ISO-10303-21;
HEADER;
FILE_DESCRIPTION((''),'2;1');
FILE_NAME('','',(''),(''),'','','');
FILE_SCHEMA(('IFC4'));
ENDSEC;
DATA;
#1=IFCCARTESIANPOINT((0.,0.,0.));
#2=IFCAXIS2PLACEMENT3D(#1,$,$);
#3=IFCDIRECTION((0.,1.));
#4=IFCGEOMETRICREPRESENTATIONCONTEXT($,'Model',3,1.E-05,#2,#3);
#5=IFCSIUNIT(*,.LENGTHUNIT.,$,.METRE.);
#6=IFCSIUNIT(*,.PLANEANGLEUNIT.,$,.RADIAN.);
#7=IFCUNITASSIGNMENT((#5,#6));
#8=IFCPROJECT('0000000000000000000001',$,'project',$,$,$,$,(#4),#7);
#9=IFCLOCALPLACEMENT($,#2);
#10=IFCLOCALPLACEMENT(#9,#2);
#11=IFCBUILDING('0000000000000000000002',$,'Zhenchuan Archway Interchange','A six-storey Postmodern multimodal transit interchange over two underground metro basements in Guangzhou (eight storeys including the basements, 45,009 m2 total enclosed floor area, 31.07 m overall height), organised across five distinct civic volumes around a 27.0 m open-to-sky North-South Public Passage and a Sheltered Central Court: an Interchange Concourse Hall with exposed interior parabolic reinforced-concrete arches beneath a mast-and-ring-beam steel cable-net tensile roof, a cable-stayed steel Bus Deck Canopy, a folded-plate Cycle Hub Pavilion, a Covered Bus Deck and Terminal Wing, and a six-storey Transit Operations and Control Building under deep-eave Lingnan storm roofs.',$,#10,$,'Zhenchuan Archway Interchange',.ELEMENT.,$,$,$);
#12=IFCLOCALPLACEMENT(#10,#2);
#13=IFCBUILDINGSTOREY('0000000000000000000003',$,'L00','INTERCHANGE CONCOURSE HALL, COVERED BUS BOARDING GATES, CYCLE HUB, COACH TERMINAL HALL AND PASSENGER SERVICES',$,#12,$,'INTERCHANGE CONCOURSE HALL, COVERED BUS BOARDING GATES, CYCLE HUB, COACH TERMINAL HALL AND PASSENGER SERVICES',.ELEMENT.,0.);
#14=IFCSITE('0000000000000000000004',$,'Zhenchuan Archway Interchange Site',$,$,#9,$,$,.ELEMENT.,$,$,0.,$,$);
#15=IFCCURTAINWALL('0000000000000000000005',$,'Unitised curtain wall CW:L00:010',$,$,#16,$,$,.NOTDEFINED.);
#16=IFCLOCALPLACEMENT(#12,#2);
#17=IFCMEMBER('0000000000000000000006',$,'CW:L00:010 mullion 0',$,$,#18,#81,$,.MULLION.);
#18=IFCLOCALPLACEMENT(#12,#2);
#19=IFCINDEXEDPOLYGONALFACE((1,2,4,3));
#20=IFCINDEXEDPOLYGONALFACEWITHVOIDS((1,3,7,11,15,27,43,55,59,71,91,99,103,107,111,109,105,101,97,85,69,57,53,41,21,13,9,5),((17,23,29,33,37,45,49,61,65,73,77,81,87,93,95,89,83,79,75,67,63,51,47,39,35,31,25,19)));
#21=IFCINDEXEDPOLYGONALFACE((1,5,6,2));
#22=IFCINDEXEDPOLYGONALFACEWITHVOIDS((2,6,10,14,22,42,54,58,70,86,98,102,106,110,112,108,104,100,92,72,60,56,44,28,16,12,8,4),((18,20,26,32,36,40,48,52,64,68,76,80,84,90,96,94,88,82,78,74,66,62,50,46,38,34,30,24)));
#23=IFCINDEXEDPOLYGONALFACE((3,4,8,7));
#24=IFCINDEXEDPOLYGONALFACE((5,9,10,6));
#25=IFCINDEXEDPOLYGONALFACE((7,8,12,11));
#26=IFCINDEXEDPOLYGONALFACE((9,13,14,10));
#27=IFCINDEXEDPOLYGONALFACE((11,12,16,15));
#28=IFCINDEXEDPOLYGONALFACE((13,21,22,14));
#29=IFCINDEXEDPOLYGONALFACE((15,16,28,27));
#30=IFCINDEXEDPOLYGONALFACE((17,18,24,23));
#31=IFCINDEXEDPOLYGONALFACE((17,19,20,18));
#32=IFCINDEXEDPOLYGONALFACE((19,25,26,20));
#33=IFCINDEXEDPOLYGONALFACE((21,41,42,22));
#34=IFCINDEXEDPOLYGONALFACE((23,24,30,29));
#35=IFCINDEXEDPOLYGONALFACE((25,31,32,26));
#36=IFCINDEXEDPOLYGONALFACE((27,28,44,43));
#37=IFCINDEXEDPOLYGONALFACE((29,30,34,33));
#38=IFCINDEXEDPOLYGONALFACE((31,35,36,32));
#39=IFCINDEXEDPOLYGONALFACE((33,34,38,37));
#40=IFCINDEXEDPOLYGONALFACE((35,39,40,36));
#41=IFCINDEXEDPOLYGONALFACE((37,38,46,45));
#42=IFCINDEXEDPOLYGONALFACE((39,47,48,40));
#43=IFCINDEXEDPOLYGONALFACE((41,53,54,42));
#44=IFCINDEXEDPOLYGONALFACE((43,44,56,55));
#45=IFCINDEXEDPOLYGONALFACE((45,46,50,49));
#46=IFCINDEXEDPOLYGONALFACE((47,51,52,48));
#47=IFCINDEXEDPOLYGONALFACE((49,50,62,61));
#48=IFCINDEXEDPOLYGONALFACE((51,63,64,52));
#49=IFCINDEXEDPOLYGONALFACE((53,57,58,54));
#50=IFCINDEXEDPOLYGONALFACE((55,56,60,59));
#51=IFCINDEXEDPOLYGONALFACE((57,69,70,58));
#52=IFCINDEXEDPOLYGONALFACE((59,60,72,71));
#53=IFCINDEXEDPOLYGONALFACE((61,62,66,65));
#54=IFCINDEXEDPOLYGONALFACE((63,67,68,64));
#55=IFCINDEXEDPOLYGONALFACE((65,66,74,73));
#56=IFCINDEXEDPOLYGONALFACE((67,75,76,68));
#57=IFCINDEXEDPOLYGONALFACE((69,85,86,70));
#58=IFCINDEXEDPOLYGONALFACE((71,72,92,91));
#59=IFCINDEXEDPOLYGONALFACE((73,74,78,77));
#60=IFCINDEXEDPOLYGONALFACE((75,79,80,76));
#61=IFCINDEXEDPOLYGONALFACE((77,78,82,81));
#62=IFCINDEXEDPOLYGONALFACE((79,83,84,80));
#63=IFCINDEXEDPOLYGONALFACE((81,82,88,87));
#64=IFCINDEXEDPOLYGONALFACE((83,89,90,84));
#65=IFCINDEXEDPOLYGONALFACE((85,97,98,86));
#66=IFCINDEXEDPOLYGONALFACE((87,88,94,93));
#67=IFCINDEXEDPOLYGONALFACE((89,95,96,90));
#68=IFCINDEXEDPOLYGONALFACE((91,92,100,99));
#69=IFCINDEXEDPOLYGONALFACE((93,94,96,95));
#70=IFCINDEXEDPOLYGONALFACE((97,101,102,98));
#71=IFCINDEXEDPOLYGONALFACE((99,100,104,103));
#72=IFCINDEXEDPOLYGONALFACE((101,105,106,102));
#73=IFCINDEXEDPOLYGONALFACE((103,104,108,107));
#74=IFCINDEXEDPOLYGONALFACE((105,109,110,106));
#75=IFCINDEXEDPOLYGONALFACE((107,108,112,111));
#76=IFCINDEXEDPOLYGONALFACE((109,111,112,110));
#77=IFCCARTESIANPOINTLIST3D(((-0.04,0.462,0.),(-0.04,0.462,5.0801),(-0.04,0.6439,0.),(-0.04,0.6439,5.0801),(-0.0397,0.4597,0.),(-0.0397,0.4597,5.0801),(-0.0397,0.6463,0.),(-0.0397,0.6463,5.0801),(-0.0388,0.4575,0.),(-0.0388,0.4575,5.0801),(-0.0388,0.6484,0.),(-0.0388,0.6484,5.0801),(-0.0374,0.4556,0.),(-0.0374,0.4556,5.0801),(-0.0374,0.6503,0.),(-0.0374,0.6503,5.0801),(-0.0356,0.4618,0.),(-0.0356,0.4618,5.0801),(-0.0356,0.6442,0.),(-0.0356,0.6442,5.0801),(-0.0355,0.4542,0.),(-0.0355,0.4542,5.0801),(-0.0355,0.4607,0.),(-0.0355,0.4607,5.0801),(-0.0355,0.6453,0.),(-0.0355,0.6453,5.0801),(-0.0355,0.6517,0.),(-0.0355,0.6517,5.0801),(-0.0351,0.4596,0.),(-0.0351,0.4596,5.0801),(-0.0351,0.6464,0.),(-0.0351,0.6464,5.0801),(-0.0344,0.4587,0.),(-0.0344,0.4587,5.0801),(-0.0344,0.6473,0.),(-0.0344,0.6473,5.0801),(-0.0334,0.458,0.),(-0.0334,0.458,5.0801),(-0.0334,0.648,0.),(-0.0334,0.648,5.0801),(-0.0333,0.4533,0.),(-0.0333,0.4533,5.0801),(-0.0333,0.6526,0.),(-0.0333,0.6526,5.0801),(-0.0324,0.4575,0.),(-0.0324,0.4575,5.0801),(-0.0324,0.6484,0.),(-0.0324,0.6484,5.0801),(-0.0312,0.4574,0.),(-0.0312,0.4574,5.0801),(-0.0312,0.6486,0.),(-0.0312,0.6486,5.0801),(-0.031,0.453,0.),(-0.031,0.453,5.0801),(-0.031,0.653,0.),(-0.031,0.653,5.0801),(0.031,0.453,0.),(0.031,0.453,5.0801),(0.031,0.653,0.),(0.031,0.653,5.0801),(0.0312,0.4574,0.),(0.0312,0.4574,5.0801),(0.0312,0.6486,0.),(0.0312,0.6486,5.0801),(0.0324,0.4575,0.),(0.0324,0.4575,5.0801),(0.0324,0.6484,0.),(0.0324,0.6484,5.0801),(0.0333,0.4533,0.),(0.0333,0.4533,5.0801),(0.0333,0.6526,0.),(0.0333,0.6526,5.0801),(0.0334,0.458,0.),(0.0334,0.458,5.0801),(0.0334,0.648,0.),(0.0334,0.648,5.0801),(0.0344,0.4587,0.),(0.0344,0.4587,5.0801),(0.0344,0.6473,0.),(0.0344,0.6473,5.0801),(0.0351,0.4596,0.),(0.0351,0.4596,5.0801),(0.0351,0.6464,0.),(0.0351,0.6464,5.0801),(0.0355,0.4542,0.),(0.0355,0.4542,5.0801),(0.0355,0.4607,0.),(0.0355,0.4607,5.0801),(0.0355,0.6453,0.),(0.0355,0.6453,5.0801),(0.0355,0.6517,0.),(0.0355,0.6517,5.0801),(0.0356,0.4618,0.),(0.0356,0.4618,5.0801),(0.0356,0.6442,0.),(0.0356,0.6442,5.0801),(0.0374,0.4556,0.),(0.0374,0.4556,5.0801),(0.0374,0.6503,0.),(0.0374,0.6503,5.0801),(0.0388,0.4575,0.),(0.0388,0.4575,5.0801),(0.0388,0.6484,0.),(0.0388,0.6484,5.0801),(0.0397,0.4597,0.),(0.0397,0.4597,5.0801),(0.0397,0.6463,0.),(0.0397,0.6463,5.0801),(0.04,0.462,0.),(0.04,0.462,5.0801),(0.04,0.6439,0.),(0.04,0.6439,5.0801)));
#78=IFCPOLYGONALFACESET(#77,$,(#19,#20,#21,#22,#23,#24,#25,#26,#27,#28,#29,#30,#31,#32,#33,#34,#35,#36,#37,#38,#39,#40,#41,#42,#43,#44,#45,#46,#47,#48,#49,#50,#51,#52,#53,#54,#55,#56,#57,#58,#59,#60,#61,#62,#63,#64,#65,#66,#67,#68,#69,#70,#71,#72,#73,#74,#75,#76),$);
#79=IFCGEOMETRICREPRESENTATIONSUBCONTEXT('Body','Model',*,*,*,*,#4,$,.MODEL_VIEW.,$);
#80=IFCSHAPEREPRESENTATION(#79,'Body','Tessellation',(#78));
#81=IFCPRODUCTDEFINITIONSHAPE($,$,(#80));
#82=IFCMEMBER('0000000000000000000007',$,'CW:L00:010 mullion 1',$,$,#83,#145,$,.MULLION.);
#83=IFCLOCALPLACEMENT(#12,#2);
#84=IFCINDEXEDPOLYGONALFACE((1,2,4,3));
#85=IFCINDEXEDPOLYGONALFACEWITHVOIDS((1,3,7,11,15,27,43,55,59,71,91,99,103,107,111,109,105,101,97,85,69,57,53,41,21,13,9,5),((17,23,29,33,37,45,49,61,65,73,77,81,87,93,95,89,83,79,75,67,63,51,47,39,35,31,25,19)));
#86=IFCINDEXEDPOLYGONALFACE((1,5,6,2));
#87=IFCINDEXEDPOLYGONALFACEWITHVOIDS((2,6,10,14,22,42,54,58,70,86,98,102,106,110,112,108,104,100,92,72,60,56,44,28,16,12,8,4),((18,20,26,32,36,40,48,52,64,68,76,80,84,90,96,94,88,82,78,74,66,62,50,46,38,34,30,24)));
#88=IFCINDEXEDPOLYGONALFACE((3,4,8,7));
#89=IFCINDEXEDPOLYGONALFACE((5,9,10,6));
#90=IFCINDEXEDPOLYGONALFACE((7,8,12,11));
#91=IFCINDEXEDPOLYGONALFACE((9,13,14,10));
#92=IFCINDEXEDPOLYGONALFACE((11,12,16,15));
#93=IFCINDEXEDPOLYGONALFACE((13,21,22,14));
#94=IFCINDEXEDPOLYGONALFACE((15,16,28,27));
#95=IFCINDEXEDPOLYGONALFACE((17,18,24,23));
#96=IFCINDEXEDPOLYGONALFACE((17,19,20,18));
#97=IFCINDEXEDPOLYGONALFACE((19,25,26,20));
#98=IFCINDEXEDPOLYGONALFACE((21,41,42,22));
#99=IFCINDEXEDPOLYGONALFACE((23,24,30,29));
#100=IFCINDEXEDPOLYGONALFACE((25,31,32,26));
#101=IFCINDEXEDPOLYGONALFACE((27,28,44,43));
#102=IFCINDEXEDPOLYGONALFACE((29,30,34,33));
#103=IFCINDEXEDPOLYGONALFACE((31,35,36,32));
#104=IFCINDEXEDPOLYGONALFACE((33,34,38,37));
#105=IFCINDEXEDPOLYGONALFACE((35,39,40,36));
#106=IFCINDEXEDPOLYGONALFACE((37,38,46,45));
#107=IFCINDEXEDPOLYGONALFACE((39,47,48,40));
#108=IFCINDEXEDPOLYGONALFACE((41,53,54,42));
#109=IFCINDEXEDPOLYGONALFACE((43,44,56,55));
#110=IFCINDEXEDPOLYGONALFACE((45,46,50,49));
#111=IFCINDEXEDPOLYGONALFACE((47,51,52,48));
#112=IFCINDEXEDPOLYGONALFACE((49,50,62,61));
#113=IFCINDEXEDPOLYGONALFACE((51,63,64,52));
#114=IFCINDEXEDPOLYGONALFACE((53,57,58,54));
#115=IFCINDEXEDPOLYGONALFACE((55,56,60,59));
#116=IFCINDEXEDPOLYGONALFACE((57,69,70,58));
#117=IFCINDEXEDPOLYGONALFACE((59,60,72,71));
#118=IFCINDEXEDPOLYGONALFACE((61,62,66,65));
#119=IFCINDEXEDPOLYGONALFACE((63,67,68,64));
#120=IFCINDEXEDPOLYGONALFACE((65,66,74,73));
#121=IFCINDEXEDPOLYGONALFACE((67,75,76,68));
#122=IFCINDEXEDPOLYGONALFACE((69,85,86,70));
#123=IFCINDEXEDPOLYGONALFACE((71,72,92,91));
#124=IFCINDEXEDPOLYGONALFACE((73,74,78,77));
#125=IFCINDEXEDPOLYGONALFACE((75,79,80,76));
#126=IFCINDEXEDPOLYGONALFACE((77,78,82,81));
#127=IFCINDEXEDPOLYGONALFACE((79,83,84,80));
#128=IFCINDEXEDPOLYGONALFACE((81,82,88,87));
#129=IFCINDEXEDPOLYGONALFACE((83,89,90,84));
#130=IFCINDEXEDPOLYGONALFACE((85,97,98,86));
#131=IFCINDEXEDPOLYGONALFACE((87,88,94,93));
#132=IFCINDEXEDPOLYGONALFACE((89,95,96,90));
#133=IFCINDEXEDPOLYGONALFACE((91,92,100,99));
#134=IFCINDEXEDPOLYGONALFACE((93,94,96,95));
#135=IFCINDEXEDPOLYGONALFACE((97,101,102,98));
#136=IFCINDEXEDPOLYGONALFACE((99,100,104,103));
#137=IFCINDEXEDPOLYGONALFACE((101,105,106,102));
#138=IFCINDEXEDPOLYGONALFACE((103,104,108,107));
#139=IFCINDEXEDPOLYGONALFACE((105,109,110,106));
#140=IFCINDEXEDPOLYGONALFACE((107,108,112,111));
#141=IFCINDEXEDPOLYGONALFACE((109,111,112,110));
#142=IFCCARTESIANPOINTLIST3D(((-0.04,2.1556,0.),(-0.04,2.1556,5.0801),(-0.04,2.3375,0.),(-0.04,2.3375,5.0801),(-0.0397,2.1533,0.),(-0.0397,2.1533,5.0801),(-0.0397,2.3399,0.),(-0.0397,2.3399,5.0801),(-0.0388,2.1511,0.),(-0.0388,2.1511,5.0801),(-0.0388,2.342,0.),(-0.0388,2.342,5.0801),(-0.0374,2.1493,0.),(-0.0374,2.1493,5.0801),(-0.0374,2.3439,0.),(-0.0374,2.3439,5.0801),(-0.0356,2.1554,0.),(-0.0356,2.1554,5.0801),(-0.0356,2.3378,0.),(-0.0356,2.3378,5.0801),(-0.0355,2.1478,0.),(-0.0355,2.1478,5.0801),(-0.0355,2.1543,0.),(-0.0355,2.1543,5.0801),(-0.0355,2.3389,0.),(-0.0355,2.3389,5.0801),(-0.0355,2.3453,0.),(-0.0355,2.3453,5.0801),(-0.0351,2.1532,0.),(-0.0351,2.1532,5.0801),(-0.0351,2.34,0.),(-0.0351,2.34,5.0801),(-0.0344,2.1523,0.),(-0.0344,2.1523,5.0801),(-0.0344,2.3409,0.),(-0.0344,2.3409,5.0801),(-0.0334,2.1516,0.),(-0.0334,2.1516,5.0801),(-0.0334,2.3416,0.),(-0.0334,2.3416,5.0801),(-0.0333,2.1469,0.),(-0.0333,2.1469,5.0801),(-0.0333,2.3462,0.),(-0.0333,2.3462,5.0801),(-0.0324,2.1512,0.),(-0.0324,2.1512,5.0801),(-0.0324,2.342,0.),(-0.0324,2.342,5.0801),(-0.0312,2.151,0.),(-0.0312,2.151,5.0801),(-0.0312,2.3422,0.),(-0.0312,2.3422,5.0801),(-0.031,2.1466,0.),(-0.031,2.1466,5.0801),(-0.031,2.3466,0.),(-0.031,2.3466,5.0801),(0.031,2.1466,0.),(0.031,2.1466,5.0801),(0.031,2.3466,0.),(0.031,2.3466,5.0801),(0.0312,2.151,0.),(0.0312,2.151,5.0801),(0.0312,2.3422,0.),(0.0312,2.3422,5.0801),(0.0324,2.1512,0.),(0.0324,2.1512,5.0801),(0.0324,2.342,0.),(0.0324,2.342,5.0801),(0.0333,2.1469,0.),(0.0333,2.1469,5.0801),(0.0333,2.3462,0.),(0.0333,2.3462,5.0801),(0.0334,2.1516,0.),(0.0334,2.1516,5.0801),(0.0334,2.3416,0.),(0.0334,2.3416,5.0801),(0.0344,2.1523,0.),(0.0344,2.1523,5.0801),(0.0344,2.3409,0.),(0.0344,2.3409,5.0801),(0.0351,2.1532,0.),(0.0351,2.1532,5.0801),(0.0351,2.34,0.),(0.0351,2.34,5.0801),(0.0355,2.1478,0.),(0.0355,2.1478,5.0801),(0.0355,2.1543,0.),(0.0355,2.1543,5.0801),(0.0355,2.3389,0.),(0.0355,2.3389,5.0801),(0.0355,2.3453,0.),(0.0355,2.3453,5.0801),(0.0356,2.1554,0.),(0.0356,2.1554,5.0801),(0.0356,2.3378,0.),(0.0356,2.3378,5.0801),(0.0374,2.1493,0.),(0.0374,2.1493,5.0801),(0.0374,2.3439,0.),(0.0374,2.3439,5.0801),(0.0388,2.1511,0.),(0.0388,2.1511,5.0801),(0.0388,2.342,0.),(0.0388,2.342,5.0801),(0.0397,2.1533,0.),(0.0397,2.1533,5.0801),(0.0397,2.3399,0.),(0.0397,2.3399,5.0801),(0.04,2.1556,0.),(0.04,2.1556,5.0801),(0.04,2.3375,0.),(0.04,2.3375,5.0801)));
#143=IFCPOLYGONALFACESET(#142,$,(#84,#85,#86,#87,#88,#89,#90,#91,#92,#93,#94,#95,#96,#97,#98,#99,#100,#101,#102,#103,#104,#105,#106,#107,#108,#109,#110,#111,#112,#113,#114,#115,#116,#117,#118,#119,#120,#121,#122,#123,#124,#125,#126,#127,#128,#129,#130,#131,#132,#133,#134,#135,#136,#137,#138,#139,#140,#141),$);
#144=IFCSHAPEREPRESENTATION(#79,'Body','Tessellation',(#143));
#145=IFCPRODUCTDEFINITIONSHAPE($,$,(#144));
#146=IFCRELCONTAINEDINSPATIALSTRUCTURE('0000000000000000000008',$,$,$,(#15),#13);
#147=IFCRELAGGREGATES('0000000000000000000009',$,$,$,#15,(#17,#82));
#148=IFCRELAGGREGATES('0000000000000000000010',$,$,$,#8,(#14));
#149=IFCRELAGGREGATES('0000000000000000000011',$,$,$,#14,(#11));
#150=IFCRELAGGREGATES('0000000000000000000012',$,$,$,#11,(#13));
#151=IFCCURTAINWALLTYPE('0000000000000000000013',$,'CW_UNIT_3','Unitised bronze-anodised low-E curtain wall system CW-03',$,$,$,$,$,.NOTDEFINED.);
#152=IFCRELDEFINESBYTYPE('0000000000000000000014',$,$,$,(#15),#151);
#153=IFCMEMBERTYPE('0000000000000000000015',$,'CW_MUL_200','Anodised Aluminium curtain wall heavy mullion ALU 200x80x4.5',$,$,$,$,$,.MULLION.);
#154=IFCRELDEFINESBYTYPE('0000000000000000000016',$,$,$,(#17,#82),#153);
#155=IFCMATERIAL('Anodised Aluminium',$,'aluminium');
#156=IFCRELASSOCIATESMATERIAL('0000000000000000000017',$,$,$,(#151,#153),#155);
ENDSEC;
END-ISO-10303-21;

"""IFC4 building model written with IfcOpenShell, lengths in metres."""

from ifc_helpers import new_model, si_unit, direction, frame, origin, origin_2d, place, context, subcontext, project, spatial, hollow_rectangle, extrude, material, material_profile, profile_set, type_object, element, aggregate, save


model = new_model("IFC4")

# Units and contexts
model_context = context("Model", 3, precision=1e-05, world=origin(), true_north=direction((0.0, 1.0)))
body_context = subcontext(model_context, "Body", "Model", "MODEL_VIEW")
ifc_project = project(units=[si_unit("LENGTHUNIT", "METRE"), si_unit("PLANEANGLEUNIT", "RADIAN")], contexts=[model_context])

# Site, building, storey
site_placement = place(None, origin())
site = spatial("IfcSite", under=ifc_project, at=site_placement, Name="Zhenchuan Archway Interchange Site", CompositionType="ELEMENT", RefElevation=0.0)
building_placement = place(site_placement, origin())
building = spatial("IfcBuilding", under=site, at=building_placement, Name="Zhenchuan Archway Interchange", Description="A six-storey Postmodern multimodal transit interchange over two underground metro basements in Guangzhou (eight storeys including the basements, 45,009 m2 total enclosed floor area, 31.07 m overall height), organised across five distinct civic volumes around a 27.0 m open-to-sky North-South Public Passage and a Sheltered Central Court: an Interchange Concourse Hall with exposed interior parabolic reinforced-concrete arches beneath a mast-and-ring-beam steel cable-net tensile roof, a cable-stayed steel Bus Deck Canopy, a folded-plate Cycle Hub Pavilion, a Covered Bus Deck and Terminal Wing, and a six-storey Transit Operations and Control Building under deep-eave Lingnan storm roofs.", LongName="Zhenchuan Archway Interchange", CompositionType="ELEMENT")
storey_placement = place(building_placement, origin())
storey = spatial("IfcBuildingStorey", under=building, at=storey_placement, Name="L00", Description="INTERCHANGE CONCOURSE HALL, COVERED BUS BOARDING GATES, CYCLE HUB, COACH TERMINAL HALL AND PASSENGER SERVICES", LongName="INTERCHANGE CONCOURSE HALL, COVERED BUS BOARDING GATES, CYCLE HUB, COACH TERMINAL HALL AND PASSENGER SERVICES", CompositionType="ELEMENT", Elevation=0.0)

# Curtain wall, members
ifc_material_1 = material(Name="Anodised Aluminium", Category="aluminium")
curtain_wall_type = type_object("IfcCurtainWallType", Name="CW_UNIT_3", Description="Unitised bronze-anodised low-E curtain wall system CW-03", PredefinedType="NOTDEFINED", material=ifc_material_1)
curtain_wall_placement = place(storey_placement, origin())
curtain_wall = element("IfcCurtainWall", 1, at=curtain_wall_placement, inside=storey, type_object=curtain_wall_type, Name="Unitised curtain wall CW:L00:010", PredefinedType="NOTDEFINED")
ifc_material_profile_1 = material_profile(ifc_material_1, hollow_rectangle(XDim=0.0801, YDim=0.2, WallThickness=0.0044, InnerFilletRadius=0.0044, OuterFilletRadius=0.009, at=origin_2d()), Name="ALU 200x80x4.5")
ifc_profile_set_1 = profile_set([ifc_material_profile_1], Name="Anodised Aluminium")
member_type_1 = type_object("IfcMemberType", Name="CW_MUL_200", Description="Anodised Aluminium curtain wall heavy mullion ALU 200x80x4.5", PredefinedType="MULLION", material=ifc_profile_set_1)
member_1_placement = place(storey_placement, frame((0.0, 0.553, 0.0), z_axis=(0.0, 0.0, 1.0), x_axis=(1.0, 0.0, 0.0)))
member_1 = element("IfcMember", 2, at=member_1_placement, type_object=member_type_1, Name="CW:L00:010 mullion 0", PredefinedType="MULLION", context=body_context, shape_type="SweptSolid", body=[
    extrude(hollow_rectangle(XDim=0.0801, YDim=0.2, WallThickness=0.0044, InnerFilletRadius=0.0044, OuterFilletRadius=0.009, at=origin_2d()), origin(), (0.0, 0.0, 1.0), 5.0801),
])
member_2_placement = place(storey_placement, frame((0.0, 2.2466, 0.0), z_axis=(0.0, 0.0, 1.0), x_axis=(1.0, 0.0, 0.0)))
member_2 = element("IfcMember", 3, at=member_2_placement, type_object=member_type_1, Name="CW:L00:010 mullion 1", PredefinedType="MULLION", context=body_context, shape_type="SweptSolid", body=[
    extrude(hollow_rectangle(XDim=0.0801, YDim=0.2, WallThickness=0.0044, InnerFilletRadius=0.0044, OuterFilletRadius=0.009, at=origin_2d()), origin(), (0.0, 0.0, 1.0), 5.0801),
])

aggregate(curtain_wall, [member_1, member_2])

save(model, "model.ifc")
